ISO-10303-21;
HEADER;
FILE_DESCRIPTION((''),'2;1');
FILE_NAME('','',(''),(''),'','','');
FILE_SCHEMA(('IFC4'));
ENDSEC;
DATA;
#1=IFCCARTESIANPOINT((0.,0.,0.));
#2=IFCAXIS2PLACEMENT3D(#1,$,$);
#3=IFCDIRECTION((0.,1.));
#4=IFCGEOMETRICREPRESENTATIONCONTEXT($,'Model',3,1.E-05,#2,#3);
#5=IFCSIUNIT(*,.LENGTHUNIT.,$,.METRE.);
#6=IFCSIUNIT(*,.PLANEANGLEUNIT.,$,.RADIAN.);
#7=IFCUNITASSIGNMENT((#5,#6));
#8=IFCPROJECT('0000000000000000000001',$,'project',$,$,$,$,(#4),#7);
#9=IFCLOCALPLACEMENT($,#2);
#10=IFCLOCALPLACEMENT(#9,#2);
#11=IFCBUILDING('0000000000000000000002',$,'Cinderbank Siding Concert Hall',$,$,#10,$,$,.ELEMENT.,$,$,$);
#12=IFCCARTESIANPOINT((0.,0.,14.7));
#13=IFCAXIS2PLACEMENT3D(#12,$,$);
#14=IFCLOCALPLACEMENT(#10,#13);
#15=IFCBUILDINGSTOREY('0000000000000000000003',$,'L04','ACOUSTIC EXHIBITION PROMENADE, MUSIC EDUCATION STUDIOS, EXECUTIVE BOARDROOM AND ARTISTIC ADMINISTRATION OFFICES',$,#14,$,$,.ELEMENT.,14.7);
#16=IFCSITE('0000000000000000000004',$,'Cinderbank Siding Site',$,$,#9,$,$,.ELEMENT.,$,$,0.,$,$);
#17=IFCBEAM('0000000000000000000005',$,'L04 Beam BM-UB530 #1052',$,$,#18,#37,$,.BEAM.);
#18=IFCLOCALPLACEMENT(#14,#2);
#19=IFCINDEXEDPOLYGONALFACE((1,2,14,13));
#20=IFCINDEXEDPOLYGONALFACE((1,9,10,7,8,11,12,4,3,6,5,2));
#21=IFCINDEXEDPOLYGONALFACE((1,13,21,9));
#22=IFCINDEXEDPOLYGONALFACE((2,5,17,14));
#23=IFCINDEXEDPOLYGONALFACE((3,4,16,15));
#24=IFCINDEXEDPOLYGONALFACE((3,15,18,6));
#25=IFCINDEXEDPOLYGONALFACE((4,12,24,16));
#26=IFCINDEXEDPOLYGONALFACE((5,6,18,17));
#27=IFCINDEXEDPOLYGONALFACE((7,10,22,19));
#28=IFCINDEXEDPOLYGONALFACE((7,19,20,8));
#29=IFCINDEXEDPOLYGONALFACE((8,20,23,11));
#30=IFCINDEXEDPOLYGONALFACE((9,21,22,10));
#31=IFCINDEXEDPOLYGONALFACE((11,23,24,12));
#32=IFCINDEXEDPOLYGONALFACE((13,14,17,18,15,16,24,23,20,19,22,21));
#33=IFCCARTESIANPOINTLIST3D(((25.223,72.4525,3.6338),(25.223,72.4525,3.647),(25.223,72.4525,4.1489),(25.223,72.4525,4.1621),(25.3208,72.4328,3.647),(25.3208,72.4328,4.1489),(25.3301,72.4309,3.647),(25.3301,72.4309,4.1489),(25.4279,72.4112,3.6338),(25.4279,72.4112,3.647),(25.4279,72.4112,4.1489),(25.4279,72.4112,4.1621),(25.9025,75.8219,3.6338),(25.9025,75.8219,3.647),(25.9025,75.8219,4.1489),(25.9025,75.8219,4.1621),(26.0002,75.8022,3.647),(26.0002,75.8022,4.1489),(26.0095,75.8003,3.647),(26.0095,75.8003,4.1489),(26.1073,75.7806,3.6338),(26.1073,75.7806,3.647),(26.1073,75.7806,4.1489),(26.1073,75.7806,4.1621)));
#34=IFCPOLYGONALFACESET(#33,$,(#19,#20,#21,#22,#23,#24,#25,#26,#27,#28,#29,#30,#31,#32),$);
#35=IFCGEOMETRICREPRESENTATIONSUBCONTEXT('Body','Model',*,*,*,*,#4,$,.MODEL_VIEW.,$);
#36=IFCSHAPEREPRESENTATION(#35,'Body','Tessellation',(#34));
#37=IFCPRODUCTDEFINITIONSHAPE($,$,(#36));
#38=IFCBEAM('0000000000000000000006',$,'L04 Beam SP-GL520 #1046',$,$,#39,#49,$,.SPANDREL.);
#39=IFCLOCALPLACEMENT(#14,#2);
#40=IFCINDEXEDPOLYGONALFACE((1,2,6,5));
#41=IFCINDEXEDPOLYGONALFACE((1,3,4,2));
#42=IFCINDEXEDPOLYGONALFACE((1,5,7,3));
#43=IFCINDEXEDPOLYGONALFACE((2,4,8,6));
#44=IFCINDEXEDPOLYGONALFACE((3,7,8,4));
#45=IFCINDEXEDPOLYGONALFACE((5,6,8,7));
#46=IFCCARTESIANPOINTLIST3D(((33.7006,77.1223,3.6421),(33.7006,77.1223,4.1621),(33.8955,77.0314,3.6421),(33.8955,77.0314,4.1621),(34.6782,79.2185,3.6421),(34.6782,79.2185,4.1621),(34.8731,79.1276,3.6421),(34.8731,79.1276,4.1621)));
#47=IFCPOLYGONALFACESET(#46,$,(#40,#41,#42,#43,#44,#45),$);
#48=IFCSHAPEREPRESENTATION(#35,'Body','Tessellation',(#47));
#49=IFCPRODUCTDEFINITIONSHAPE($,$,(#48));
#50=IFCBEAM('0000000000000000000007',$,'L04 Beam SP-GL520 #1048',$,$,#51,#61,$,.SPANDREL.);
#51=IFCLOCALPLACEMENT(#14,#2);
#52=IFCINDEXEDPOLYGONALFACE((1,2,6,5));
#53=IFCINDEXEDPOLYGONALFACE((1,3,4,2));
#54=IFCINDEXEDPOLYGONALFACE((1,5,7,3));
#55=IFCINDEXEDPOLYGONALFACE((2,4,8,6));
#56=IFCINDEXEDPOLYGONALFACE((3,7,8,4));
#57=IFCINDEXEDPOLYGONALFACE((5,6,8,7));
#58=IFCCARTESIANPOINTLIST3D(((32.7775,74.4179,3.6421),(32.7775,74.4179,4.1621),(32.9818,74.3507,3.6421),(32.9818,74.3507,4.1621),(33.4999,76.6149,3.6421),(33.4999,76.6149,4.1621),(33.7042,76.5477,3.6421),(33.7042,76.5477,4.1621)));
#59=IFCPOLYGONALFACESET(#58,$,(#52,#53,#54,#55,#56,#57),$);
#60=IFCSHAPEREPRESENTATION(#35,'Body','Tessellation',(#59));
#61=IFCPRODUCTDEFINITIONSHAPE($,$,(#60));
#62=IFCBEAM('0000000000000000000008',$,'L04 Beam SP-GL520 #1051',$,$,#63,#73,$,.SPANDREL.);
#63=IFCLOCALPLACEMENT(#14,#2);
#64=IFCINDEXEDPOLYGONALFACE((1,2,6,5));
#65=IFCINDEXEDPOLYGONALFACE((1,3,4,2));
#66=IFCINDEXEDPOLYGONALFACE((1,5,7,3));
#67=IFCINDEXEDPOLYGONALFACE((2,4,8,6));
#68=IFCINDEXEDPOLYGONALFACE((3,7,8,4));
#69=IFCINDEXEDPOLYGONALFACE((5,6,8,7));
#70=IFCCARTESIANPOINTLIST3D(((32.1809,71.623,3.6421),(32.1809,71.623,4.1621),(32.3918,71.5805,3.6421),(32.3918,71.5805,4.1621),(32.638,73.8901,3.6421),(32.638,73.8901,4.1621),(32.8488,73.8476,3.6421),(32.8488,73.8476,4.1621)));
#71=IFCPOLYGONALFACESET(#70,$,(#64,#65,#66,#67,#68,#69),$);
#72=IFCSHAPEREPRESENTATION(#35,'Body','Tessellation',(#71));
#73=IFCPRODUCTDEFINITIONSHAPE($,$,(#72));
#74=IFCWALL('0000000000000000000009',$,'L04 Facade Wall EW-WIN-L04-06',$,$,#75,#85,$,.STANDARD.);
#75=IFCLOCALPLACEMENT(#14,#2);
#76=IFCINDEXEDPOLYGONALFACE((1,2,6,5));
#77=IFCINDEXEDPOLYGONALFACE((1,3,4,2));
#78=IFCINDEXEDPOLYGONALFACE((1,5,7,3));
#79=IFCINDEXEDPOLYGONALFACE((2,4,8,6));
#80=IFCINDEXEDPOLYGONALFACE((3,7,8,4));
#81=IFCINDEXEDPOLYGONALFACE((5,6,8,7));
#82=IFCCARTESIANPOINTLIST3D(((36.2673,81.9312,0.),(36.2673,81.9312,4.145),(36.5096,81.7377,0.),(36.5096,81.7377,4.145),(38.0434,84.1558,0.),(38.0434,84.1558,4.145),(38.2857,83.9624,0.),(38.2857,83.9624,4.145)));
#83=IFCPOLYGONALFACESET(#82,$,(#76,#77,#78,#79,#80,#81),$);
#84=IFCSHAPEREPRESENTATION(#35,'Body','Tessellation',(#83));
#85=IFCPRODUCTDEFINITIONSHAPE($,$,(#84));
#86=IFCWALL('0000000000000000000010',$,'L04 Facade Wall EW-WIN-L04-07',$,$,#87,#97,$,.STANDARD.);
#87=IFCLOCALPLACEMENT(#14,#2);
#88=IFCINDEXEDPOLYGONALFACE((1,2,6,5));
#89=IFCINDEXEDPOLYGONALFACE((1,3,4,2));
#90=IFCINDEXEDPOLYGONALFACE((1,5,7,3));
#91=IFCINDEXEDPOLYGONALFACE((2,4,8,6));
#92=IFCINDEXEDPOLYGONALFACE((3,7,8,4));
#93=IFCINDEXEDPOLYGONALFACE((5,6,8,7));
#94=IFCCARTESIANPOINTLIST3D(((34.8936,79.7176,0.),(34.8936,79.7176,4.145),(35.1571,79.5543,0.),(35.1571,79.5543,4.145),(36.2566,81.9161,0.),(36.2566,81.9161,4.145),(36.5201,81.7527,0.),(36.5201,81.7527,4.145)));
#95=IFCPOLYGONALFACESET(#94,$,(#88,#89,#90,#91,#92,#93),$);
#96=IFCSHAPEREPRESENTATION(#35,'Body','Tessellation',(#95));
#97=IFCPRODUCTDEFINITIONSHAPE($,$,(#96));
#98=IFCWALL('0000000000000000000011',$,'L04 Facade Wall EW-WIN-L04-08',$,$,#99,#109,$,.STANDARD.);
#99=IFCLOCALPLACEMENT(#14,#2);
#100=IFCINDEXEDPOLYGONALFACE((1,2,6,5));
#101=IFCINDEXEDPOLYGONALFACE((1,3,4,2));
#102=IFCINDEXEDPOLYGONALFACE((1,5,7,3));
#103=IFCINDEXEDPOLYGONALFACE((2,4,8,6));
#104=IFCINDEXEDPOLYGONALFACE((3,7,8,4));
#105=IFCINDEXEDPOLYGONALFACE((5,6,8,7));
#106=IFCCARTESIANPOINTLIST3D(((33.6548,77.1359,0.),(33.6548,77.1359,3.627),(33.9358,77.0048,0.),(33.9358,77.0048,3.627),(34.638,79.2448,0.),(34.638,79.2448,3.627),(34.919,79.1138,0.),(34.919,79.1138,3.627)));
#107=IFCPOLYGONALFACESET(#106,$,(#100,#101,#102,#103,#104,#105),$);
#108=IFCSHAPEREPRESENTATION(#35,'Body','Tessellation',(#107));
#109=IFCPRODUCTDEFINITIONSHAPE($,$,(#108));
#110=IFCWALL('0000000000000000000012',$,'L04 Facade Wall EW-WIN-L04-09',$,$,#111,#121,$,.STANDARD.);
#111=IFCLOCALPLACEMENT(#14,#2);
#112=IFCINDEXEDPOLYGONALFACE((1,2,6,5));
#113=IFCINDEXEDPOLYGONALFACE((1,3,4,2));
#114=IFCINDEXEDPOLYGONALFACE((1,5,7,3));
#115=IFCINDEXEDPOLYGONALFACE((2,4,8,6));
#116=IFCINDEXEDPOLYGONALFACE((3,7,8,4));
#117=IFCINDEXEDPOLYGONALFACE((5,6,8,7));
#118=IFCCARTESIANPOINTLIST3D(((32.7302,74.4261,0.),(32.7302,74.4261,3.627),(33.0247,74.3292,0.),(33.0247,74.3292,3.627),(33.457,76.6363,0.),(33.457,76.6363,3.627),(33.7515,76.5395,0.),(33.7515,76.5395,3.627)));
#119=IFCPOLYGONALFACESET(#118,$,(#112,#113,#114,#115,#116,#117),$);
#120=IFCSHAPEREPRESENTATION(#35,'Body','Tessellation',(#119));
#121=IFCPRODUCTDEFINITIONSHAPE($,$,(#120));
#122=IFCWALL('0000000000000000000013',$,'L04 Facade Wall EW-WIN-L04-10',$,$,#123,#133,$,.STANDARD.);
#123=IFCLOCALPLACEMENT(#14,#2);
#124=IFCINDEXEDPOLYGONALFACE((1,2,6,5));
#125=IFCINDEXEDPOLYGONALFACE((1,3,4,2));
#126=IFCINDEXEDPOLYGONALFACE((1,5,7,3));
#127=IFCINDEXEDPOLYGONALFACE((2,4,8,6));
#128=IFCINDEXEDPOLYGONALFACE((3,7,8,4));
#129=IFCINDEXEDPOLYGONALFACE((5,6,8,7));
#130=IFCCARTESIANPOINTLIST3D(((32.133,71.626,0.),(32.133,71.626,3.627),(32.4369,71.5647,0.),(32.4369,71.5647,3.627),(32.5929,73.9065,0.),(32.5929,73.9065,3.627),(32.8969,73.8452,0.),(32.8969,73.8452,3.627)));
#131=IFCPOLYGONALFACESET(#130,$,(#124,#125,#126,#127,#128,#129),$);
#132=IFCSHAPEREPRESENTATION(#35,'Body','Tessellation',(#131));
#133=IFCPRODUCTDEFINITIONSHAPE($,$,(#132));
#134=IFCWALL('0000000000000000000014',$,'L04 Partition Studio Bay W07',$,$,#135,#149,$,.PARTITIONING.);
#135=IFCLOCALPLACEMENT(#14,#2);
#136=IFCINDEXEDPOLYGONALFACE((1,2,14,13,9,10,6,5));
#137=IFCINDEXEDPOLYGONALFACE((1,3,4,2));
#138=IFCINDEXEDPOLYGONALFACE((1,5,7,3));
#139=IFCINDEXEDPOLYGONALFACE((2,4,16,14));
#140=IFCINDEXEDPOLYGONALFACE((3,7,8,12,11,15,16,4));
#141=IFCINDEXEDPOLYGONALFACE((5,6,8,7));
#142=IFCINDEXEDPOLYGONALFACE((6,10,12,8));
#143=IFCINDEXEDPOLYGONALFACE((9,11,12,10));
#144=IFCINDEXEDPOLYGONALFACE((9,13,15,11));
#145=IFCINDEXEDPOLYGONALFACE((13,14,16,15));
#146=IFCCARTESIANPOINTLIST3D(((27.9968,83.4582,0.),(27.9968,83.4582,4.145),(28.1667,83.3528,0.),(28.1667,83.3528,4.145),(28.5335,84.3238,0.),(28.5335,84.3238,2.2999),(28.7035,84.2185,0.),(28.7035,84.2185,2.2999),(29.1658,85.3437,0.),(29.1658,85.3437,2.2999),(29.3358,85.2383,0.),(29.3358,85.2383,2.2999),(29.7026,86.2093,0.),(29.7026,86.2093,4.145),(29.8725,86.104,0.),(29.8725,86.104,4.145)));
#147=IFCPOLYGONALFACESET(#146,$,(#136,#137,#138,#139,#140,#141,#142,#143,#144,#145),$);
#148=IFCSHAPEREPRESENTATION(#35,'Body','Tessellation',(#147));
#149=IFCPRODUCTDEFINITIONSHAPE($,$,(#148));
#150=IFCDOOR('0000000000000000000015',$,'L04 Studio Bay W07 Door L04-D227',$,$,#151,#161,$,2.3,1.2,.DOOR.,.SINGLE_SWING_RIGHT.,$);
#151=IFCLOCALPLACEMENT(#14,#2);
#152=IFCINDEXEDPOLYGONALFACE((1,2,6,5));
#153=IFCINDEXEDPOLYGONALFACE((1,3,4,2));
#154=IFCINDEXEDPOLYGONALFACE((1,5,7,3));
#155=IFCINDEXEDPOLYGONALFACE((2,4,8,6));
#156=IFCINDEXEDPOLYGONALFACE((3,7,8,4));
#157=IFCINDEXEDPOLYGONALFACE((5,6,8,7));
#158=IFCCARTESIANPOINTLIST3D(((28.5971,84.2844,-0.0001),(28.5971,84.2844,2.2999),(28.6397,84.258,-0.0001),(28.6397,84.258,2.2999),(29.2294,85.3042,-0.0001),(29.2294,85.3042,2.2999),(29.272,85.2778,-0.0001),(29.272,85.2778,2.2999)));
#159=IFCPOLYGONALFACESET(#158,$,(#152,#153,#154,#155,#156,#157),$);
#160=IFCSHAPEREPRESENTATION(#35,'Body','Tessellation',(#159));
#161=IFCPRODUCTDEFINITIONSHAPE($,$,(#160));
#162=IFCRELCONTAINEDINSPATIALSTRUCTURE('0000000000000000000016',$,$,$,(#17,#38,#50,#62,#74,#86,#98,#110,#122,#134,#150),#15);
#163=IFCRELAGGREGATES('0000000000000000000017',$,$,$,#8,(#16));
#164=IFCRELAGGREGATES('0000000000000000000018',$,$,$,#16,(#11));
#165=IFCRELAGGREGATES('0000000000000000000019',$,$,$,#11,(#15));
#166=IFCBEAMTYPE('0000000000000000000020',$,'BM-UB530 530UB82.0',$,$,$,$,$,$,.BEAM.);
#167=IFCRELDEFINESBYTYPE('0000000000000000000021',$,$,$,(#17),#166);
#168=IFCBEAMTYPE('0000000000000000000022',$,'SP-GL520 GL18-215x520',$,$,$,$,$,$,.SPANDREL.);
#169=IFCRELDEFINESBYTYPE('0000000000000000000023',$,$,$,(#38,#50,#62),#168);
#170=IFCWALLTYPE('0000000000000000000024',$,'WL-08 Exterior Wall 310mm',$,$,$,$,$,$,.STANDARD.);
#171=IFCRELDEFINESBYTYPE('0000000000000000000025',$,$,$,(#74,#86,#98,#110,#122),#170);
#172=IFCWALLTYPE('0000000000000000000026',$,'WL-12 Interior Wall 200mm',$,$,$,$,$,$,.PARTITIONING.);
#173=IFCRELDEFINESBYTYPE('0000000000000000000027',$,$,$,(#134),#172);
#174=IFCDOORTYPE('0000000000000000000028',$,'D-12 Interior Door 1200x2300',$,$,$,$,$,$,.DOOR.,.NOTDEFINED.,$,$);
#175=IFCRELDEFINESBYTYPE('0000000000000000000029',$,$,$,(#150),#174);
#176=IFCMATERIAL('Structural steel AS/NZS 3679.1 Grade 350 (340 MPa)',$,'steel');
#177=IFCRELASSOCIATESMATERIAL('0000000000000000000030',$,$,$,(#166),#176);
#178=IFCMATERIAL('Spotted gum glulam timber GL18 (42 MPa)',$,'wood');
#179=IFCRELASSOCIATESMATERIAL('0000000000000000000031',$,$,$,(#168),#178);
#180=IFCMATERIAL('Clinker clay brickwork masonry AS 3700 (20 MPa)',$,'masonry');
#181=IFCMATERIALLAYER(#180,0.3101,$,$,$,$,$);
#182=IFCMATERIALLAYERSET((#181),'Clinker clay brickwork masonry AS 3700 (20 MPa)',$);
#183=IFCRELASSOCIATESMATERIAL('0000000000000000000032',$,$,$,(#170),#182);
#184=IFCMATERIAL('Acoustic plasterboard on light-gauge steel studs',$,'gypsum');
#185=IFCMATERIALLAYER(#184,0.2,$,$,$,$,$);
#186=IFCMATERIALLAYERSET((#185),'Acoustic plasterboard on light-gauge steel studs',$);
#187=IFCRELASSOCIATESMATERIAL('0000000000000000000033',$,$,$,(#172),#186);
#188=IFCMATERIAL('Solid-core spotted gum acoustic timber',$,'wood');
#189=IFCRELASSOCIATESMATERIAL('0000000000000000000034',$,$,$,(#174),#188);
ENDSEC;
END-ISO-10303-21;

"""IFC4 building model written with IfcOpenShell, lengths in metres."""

from ifc_helpers import new_model, si_unit, direction, frame, frame_2d, origin, origin_2d, place, context, subcontext, project, spatial, rectangle, i_section, extrude, material, layer, layer_set, material_profile, profile_set, type_object, element, fill, save


model = new_model("IFC4")

# Units and contexts
model_context = context("Model", 3, precision=1e-05, world=origin(), true_north=direction((0.0, 1.0)))
body_context = subcontext(model_context, "Body", "Model", "MODEL_VIEW")
ifc_project = project(units=[si_unit("LENGTHUNIT", "METRE"), si_unit("PLANEANGLEUNIT", "RADIAN")], contexts=[model_context])

# Site, building, storey
site_placement = place(None, origin())
site = spatial("IfcSite", under=ifc_project, at=site_placement, Name="Cinderbank Siding Site", CompositionType="ELEMENT", RefElevation=0.0)
building_placement = place(site_placement, origin())
building = spatial("IfcBuilding", under=site, at=building_placement, Name="Cinderbank Siding Concert Hall", CompositionType="ELEMENT")
storey_placement = place(building_placement, frame((0.0, 0.0, 14.7)))
storey = spatial("IfcBuildingStorey", under=building, at=storey_placement, Name="L04", Description="ACOUSTIC EXHIBITION PROMENADE, MUSIC EDUCATION STUDIOS, EXECUTIVE BOARDROOM AND ARTISTIC ADMINISTRATION OFFICES", CompositionType="ELEMENT", Elevation=14.7)

# Shared definitions
ifc_material_1 = material(Name="Structural steel AS/NZS 3679.1 Grade 350 (340 MPa)", Category="steel")

# Beams
ifc_material_profile_1 = material_profile(ifc_material_1, i_section(OverallWidth=0.209, OverallDepth=0.5283, WebThickness=0.0095, FlangeThickness=0.0132, at=origin_2d()), Name="530UB82.0", Category="LoadBearing")
ifc_profile_set_1 = profile_set([ifc_material_profile_1], Name="Structural steel AS/NZS 3679.1 Grade 350 (340 MPa)")
beam_type_1 = type_object("IfcBeamType", Name="BM-UB530 530UB82.0", PredefinedType="BEAM", material=ifc_profile_set_1)
beam_1_placement = place(storey_placement, frame((26.0049, 75.8013, 3.8979), z_axis=(-0.197673, -0.980268, 0.0), x_axis=(0.980268, -0.197673, 0.0)))
element("IfcBeam", 1, at=beam_1_placement, inside=storey, type_object=beam_type_1, Name="L04 Beam BM-UB530 #1052", PredefinedType="BEAM", context=body_context, shape_type="SweptSolid", body=[
    extrude(i_section(OverallWidth=0.209, OverallDepth=0.5283, WebThickness=0.0095, FlangeThickness=0.0132, at=origin_2d()), origin(), (0.0, 0.0, 1.0), 3.4373),
])
ifc_material_2 = material(Name="Spotted gum glulam timber GL18 (42 MPa)", Category="wood")
ifc_material_profile_2 = material_profile(ifc_material_2, rectangle(XDim=0.2151, YDim=0.52, at=origin_2d()), Name="GL18-215x520", Category="LoadBearing")
ifc_profile_set_2 = profile_set([ifc_material_profile_2], Name="Spotted gum glulam timber GL18 (42 MPa)")
beam_type_2 = type_object("IfcBeamType", Name="SP-GL520 GL18-215x520", PredefinedType="SPANDREL", material=ifc_profile_set_2)
beam_2_placement = place(storey_placement, frame((34.7756, 79.1731, 3.9021), z_axis=(-0.422643, -0.906296, 0.0), x_axis=(0.906296, -0.422643, 0.0)))
element("IfcBeam", 2, at=beam_2_placement, inside=storey, type_object=beam_type_2, Name="L04 Beam SP-GL520 #1046", PredefinedType="SPANDREL", context=body_context, shape_type="SweptSolid", body=[
    extrude(rectangle(XDim=0.2151, YDim=0.52, at=origin_2d()), origin(), (0.0, 0.0, 1.0), 2.313),
])
for number, where, z_axis, x_axis, name in (
    (3, (33.6021, 76.5813, 3.9021), (-0.312362, -0.949963, 0.0), (0.949963, -0.312362, 0.0), "L04 Beam SP-GL520 #1048"),
    (4, (32.7434, 73.8689, 3.9021), (-0.197618, -0.980279, 0.0), (0.980279, -0.197618, 0.0), "L04 Beam SP-GL520 #1051"),
):
    element("IfcBeam", number, at=place(storey_placement, frame(where, z_axis=z_axis, x_axis=x_axis)), inside=storey, type_object=beam_type_2, Name=name, PredefinedType="SPANDREL", context=body_context, shape_type="SweptSolid", body=[
        extrude(rectangle(XDim=0.2151, YDim=0.52, at=origin_2d()), origin(), (0.0, 0.0, 1.0), 2.3127),
    ])

# Walls
ifc_material_3 = material(Name="Clinker clay brickwork masonry AS 3700 (20 MPa)", Category="masonry")
ifc_layer_1 = layer(ifc_material_3, 0.3101)
ifc_layer_set_1 = layer_set([ifc_layer_1], Name="Clinker clay brickwork masonry AS 3700 (20 MPa)")
wall_type_1 = type_object("IfcWallType", Name="WL-08 Exterior Wall 310mm", PredefinedType="STANDARD", material=ifc_layer_set_1)
wall_1_placement = place(storey_placement, frame((38.1646, 84.0591, 0.0), z_axis=(0.0, 0.0, 1.0), x_axis=(-0.623931, -0.781479, 0.0)))
element("IfcWall", 5, at=wall_1_placement, inside=storey, type_object=wall_type_1, Name="L04 Facade Wall EW-WIN-L04-06", PredefinedType="STANDARD", context=body_context, shape_type="SweptSolid", body=[
    extrude(rectangle(XDim=2.8467, YDim=0.3101, at=frame_2d((1.4233, 0.0))), origin(), (0.0, 0.0, 1.0), 4.145),
])
wall_2_placement = place(storey_placement, frame((36.3884, 81.8345, 0.0), z_axis=(0.0, 0.0, 1.0), x_axis=(-0.526933, -0.849907, 0.0)))
element("IfcWall", 6, at=wall_2_placement, inside=storey, type_object=wall_type_1, Name="L04 Facade Wall EW-WIN-L04-07", PredefinedType="STANDARD", context=body_context, shape_type="SweptSolid", body=[
    extrude(rectangle(XDim=2.5867, YDim=0.3101, at=frame_2d((1.2935, 0.0))), origin(), (0.0, 0.0, 1.0), 4.145),
])
wall_3_placement = place(storey_placement, frame((34.7786, 79.1794, 0.0), z_axis=(0.0, 0.0, 1.0), x_axis=(-0.422535, -0.906347, 0.0)))
element("IfcWall", 7, at=wall_3_placement, inside=storey, type_object=wall_type_1, Name="L04 Facade Wall EW-WIN-L04-08", PredefinedType="STANDARD", context=body_context, shape_type="SweptSolid", body=[
    extrude(rectangle(XDim=2.3269, YDim=0.3101, at=frame_2d((1.1636, 0.0))), origin(), (0.0, 0.0, 1.0), 3.627),
])
wall_4_placement = place(storey_placement, frame((33.6042, 76.5879, 0.0), z_axis=(0.0, 0.0, 1.0), x_axis=(-0.312385, -0.949956, 0.0)))
element("IfcWall", 8, at=wall_4_placement, inside=storey, type_object=wall_type_1, Name="L04 Facade Wall EW-WIN-L04-09", PredefinedType="STANDARD", context=body_context, shape_type="SweptSolid", body=[
    extrude(rectangle(XDim=2.3267, YDim=0.3101, at=frame_2d((1.1633, 0.0))), origin(), (0.0, 0.0, 1.0), 3.627),
])
wall_5_placement = place(storey_placement, frame((32.7449, 73.8757, 0.0), z_axis=(0.0, 0.0, 1.0), x_axis=(-0.19771, -0.980261, 0.0)))
element("IfcWall", 9, at=wall_5_placement, inside=storey, type_object=wall_type_1, Name="L04 Facade Wall EW-WIN-L04-10", PredefinedType="STANDARD", context=body_context, shape_type="SweptSolid", body=[
    extrude(rectangle(XDim=2.3264, YDim=0.3101, at=frame_2d((1.1631, 0.0))), origin(), (0.0, 0.0, 1.0), 3.627),
])

# Wall, opening, door
ifc_material_4 = material(Name="Acoustic plasterboard on light-gauge steel studs", Category="gypsum")
ifc_layer_2 = layer(ifc_material_4, 0.2)
ifc_layer_set_2 = layer_set([ifc_layer_2], Name="Acoustic plasterboard on light-gauge steel studs")
wall_type_2 = type_object("IfcWallType", Name="WL-12 Interior Wall 200mm", PredefinedType="PARTITIONING", material=ifc_layer_set_2)
wall_6_placement = place(storey_placement, frame((29.7876, 86.1567, 0.0), z_axis=(0.0, 0.0, 1.0), x_axis=(-0.526952, -0.849895, 0.0)))
wall_6 = element("IfcWall", 10, at=wall_6_placement, inside=storey, type_object=wall_type_2, Name="L04 Partition Studio Bay W07", PredefinedType="PARTITIONING", context=body_context, shape_type="SweptSolid", body=[
    extrude(rectangle(XDim=3.2371, YDim=0.2, at=frame_2d((1.6187, 0.0))), origin(), (0.0, 0.0, 1.0), 4.145),
])
opening_1_placement = place(wall_6_placement, frame((1.0186, 0.0, 0.0)))
opening_1 = element("IfcOpeningElement", 11, at=opening_1_placement, cuts=wall_6, PredefinedType="OPENING", context=body_context, shape_type="SweptSolid", body=[
    extrude(rectangle(XDim=1.2, YDim=2.3, at=frame_2d((0.6001, 1.1499))), frame((0.0, 0.1118, 0.0), z_axis=(0.0, -1.0, 0.0), x_axis=(1.0, 0.0, 0.0)), (0.0, 0.0, 1.0), 0.2239),
])
ifc_material_5 = material(Name="Solid-core spotted gum acoustic timber", Category="wood")
door_type_1 = type_object("IfcDoorType", Name="D-12 Interior Door 1200x2300", OperationType="NOTDEFINED", PredefinedType="DOOR", material=ifc_material_5)
door_1_placement = place(opening_1_placement, origin())
door_1 = element("IfcDoor", 12, at=door_1_placement, inside=storey, type_object=door_type_1, Name="L04 Studio Bay W07 Door L04-D227", OperationType="SINGLE_SWING_RIGHT", OverallHeight=2.3, OverallWidth=1.2, PredefinedType="DOOR", context=body_context, shape_type="SweptSolid", body=[
    extrude(rectangle(XDim=1.2, YDim=2.3, at=frame_2d((0.6001, 1.1499))), frame((0.0, 0.0249, 0.0), z_axis=(0.0, -1.0, 0.0), x_axis=(1.0, 0.0, 0.0)), (0.0, 0.0, 1.0), 0.05),
])
fill(opening_1, door_1)

save(model, "model.ifc")
